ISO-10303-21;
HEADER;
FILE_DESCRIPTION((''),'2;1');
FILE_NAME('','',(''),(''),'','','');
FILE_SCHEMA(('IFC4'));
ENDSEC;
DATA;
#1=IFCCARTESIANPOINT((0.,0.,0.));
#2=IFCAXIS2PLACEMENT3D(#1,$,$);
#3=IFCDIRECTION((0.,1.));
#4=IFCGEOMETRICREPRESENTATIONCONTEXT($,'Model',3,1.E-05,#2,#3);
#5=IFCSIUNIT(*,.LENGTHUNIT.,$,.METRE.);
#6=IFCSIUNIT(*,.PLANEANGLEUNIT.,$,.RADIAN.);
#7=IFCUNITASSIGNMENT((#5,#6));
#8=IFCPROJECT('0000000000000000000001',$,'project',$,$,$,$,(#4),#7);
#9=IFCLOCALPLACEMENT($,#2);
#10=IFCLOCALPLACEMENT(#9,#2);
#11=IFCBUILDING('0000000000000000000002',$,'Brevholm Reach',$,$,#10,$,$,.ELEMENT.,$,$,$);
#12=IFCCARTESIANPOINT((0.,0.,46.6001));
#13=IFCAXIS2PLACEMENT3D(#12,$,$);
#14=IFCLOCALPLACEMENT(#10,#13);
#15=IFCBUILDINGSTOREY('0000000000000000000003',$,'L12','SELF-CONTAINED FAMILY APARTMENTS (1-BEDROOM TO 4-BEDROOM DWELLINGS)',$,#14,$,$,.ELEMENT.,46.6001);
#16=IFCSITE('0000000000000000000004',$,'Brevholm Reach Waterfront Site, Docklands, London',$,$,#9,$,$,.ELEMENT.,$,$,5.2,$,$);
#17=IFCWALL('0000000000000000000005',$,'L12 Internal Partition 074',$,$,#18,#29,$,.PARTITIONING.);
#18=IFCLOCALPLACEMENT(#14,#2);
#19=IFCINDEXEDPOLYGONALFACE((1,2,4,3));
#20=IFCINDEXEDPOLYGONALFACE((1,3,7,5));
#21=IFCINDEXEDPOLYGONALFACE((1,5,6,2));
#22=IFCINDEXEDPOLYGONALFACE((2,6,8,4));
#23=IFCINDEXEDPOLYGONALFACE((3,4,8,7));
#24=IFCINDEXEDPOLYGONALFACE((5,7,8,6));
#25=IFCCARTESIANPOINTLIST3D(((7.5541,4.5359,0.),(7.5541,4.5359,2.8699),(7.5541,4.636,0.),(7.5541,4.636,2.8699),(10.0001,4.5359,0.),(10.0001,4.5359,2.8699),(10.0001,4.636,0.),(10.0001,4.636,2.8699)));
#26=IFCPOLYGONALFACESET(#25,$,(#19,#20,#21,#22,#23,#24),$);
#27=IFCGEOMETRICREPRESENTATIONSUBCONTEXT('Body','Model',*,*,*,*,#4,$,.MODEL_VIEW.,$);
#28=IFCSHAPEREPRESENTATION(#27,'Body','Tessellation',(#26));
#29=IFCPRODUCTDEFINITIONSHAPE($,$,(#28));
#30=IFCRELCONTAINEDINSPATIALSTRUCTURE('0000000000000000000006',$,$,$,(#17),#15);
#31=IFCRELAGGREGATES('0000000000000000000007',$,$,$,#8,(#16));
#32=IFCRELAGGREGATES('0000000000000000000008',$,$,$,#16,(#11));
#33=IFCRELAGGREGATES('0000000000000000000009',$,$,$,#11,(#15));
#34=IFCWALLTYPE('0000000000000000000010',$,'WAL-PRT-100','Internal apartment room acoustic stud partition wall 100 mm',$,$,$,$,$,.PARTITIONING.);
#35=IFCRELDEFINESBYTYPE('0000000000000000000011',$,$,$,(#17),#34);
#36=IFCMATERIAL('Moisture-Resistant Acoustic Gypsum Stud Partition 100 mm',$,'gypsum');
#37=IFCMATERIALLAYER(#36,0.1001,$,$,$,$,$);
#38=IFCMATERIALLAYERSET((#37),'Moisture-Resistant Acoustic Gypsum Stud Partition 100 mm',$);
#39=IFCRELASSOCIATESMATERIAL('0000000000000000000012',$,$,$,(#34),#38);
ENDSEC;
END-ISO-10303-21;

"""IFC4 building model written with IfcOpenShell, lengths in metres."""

from ifc_helpers import new_model, si_unit, direction, frame, frame_2d, origin, place, context, subcontext, project, spatial, rectangle, extrude, material, layer, layer_set, type_object, element, save


model = new_model("IFC4")

# Units and contexts
model_context = context("Model", 3, precision=1e-05, world=origin(), true_north=direction((0.0, 1.0)))
body_context = subcontext(model_context, "Body", "Model", "MODEL_VIEW")
ifc_project = project(units=[si_unit("LENGTHUNIT", "METRE"), si_unit("PLANEANGLEUNIT", "RADIAN")], contexts=[model_context])

# Site, building, storey
site_placement = place(None, origin())
site = spatial("IfcSite", under=ifc_project, at=site_placement, Name="Brevholm Reach Waterfront Site, Docklands, London", CompositionType="ELEMENT", RefElevation=5.2)
building_placement = place(site_placement, origin())
building = spatial("IfcBuilding", under=site, at=building_placement, Name="Brevholm Reach", CompositionType="ELEMENT")
storey_placement = place(building_placement, frame((0.0, 0.0, 46.6001)))
storey = spatial("IfcBuildingStorey", under=building, at=storey_placement, Name="L12", Description="SELF-CONTAINED FAMILY APARTMENTS (1-BEDROOM TO 4-BEDROOM DWELLINGS)", CompositionType="ELEMENT", Elevation=46.6001)

# Shared definitions
ifc_material_1 = material(Name="Moisture-Resistant Acoustic Gypsum Stud Partition 100 mm", Category="gypsum")
ifc_layer_1 = layer(ifc_material_1, 0.1001)
ifc_layer_set_1 = layer_set([ifc_layer_1], Name="Moisture-Resistant Acoustic Gypsum Stud Partition 100 mm")
wall_type_1 = type_object("IfcWallType", Name="WAL-PRT-100", Description="Internal apartment room acoustic stud partition wall 100 mm", PredefinedType="PARTITIONING", material=ifc_layer_set_1)

# Wall
wall_1_placement = place(storey_placement, frame((7.554, 4.5859, 0.0), z_axis=(0.0, 0.0, 1.0), x_axis=(1.0, 0.0, 0.0)))
element("IfcWall", 1, at=wall_1_placement, inside=storey, type_object=wall_type_1, Name="L12 Internal Partition 074", PredefinedType="PARTITIONING", context=body_context, shape_type="SweptSolid", body=[
    extrude(rectangle(XDim=2.446, YDim=0.1001, at=frame_2d((1.2231, 0.0))), origin(), (0.0, 0.0, 1.0), 2.8699),
])

save(model, "model.ifc")
